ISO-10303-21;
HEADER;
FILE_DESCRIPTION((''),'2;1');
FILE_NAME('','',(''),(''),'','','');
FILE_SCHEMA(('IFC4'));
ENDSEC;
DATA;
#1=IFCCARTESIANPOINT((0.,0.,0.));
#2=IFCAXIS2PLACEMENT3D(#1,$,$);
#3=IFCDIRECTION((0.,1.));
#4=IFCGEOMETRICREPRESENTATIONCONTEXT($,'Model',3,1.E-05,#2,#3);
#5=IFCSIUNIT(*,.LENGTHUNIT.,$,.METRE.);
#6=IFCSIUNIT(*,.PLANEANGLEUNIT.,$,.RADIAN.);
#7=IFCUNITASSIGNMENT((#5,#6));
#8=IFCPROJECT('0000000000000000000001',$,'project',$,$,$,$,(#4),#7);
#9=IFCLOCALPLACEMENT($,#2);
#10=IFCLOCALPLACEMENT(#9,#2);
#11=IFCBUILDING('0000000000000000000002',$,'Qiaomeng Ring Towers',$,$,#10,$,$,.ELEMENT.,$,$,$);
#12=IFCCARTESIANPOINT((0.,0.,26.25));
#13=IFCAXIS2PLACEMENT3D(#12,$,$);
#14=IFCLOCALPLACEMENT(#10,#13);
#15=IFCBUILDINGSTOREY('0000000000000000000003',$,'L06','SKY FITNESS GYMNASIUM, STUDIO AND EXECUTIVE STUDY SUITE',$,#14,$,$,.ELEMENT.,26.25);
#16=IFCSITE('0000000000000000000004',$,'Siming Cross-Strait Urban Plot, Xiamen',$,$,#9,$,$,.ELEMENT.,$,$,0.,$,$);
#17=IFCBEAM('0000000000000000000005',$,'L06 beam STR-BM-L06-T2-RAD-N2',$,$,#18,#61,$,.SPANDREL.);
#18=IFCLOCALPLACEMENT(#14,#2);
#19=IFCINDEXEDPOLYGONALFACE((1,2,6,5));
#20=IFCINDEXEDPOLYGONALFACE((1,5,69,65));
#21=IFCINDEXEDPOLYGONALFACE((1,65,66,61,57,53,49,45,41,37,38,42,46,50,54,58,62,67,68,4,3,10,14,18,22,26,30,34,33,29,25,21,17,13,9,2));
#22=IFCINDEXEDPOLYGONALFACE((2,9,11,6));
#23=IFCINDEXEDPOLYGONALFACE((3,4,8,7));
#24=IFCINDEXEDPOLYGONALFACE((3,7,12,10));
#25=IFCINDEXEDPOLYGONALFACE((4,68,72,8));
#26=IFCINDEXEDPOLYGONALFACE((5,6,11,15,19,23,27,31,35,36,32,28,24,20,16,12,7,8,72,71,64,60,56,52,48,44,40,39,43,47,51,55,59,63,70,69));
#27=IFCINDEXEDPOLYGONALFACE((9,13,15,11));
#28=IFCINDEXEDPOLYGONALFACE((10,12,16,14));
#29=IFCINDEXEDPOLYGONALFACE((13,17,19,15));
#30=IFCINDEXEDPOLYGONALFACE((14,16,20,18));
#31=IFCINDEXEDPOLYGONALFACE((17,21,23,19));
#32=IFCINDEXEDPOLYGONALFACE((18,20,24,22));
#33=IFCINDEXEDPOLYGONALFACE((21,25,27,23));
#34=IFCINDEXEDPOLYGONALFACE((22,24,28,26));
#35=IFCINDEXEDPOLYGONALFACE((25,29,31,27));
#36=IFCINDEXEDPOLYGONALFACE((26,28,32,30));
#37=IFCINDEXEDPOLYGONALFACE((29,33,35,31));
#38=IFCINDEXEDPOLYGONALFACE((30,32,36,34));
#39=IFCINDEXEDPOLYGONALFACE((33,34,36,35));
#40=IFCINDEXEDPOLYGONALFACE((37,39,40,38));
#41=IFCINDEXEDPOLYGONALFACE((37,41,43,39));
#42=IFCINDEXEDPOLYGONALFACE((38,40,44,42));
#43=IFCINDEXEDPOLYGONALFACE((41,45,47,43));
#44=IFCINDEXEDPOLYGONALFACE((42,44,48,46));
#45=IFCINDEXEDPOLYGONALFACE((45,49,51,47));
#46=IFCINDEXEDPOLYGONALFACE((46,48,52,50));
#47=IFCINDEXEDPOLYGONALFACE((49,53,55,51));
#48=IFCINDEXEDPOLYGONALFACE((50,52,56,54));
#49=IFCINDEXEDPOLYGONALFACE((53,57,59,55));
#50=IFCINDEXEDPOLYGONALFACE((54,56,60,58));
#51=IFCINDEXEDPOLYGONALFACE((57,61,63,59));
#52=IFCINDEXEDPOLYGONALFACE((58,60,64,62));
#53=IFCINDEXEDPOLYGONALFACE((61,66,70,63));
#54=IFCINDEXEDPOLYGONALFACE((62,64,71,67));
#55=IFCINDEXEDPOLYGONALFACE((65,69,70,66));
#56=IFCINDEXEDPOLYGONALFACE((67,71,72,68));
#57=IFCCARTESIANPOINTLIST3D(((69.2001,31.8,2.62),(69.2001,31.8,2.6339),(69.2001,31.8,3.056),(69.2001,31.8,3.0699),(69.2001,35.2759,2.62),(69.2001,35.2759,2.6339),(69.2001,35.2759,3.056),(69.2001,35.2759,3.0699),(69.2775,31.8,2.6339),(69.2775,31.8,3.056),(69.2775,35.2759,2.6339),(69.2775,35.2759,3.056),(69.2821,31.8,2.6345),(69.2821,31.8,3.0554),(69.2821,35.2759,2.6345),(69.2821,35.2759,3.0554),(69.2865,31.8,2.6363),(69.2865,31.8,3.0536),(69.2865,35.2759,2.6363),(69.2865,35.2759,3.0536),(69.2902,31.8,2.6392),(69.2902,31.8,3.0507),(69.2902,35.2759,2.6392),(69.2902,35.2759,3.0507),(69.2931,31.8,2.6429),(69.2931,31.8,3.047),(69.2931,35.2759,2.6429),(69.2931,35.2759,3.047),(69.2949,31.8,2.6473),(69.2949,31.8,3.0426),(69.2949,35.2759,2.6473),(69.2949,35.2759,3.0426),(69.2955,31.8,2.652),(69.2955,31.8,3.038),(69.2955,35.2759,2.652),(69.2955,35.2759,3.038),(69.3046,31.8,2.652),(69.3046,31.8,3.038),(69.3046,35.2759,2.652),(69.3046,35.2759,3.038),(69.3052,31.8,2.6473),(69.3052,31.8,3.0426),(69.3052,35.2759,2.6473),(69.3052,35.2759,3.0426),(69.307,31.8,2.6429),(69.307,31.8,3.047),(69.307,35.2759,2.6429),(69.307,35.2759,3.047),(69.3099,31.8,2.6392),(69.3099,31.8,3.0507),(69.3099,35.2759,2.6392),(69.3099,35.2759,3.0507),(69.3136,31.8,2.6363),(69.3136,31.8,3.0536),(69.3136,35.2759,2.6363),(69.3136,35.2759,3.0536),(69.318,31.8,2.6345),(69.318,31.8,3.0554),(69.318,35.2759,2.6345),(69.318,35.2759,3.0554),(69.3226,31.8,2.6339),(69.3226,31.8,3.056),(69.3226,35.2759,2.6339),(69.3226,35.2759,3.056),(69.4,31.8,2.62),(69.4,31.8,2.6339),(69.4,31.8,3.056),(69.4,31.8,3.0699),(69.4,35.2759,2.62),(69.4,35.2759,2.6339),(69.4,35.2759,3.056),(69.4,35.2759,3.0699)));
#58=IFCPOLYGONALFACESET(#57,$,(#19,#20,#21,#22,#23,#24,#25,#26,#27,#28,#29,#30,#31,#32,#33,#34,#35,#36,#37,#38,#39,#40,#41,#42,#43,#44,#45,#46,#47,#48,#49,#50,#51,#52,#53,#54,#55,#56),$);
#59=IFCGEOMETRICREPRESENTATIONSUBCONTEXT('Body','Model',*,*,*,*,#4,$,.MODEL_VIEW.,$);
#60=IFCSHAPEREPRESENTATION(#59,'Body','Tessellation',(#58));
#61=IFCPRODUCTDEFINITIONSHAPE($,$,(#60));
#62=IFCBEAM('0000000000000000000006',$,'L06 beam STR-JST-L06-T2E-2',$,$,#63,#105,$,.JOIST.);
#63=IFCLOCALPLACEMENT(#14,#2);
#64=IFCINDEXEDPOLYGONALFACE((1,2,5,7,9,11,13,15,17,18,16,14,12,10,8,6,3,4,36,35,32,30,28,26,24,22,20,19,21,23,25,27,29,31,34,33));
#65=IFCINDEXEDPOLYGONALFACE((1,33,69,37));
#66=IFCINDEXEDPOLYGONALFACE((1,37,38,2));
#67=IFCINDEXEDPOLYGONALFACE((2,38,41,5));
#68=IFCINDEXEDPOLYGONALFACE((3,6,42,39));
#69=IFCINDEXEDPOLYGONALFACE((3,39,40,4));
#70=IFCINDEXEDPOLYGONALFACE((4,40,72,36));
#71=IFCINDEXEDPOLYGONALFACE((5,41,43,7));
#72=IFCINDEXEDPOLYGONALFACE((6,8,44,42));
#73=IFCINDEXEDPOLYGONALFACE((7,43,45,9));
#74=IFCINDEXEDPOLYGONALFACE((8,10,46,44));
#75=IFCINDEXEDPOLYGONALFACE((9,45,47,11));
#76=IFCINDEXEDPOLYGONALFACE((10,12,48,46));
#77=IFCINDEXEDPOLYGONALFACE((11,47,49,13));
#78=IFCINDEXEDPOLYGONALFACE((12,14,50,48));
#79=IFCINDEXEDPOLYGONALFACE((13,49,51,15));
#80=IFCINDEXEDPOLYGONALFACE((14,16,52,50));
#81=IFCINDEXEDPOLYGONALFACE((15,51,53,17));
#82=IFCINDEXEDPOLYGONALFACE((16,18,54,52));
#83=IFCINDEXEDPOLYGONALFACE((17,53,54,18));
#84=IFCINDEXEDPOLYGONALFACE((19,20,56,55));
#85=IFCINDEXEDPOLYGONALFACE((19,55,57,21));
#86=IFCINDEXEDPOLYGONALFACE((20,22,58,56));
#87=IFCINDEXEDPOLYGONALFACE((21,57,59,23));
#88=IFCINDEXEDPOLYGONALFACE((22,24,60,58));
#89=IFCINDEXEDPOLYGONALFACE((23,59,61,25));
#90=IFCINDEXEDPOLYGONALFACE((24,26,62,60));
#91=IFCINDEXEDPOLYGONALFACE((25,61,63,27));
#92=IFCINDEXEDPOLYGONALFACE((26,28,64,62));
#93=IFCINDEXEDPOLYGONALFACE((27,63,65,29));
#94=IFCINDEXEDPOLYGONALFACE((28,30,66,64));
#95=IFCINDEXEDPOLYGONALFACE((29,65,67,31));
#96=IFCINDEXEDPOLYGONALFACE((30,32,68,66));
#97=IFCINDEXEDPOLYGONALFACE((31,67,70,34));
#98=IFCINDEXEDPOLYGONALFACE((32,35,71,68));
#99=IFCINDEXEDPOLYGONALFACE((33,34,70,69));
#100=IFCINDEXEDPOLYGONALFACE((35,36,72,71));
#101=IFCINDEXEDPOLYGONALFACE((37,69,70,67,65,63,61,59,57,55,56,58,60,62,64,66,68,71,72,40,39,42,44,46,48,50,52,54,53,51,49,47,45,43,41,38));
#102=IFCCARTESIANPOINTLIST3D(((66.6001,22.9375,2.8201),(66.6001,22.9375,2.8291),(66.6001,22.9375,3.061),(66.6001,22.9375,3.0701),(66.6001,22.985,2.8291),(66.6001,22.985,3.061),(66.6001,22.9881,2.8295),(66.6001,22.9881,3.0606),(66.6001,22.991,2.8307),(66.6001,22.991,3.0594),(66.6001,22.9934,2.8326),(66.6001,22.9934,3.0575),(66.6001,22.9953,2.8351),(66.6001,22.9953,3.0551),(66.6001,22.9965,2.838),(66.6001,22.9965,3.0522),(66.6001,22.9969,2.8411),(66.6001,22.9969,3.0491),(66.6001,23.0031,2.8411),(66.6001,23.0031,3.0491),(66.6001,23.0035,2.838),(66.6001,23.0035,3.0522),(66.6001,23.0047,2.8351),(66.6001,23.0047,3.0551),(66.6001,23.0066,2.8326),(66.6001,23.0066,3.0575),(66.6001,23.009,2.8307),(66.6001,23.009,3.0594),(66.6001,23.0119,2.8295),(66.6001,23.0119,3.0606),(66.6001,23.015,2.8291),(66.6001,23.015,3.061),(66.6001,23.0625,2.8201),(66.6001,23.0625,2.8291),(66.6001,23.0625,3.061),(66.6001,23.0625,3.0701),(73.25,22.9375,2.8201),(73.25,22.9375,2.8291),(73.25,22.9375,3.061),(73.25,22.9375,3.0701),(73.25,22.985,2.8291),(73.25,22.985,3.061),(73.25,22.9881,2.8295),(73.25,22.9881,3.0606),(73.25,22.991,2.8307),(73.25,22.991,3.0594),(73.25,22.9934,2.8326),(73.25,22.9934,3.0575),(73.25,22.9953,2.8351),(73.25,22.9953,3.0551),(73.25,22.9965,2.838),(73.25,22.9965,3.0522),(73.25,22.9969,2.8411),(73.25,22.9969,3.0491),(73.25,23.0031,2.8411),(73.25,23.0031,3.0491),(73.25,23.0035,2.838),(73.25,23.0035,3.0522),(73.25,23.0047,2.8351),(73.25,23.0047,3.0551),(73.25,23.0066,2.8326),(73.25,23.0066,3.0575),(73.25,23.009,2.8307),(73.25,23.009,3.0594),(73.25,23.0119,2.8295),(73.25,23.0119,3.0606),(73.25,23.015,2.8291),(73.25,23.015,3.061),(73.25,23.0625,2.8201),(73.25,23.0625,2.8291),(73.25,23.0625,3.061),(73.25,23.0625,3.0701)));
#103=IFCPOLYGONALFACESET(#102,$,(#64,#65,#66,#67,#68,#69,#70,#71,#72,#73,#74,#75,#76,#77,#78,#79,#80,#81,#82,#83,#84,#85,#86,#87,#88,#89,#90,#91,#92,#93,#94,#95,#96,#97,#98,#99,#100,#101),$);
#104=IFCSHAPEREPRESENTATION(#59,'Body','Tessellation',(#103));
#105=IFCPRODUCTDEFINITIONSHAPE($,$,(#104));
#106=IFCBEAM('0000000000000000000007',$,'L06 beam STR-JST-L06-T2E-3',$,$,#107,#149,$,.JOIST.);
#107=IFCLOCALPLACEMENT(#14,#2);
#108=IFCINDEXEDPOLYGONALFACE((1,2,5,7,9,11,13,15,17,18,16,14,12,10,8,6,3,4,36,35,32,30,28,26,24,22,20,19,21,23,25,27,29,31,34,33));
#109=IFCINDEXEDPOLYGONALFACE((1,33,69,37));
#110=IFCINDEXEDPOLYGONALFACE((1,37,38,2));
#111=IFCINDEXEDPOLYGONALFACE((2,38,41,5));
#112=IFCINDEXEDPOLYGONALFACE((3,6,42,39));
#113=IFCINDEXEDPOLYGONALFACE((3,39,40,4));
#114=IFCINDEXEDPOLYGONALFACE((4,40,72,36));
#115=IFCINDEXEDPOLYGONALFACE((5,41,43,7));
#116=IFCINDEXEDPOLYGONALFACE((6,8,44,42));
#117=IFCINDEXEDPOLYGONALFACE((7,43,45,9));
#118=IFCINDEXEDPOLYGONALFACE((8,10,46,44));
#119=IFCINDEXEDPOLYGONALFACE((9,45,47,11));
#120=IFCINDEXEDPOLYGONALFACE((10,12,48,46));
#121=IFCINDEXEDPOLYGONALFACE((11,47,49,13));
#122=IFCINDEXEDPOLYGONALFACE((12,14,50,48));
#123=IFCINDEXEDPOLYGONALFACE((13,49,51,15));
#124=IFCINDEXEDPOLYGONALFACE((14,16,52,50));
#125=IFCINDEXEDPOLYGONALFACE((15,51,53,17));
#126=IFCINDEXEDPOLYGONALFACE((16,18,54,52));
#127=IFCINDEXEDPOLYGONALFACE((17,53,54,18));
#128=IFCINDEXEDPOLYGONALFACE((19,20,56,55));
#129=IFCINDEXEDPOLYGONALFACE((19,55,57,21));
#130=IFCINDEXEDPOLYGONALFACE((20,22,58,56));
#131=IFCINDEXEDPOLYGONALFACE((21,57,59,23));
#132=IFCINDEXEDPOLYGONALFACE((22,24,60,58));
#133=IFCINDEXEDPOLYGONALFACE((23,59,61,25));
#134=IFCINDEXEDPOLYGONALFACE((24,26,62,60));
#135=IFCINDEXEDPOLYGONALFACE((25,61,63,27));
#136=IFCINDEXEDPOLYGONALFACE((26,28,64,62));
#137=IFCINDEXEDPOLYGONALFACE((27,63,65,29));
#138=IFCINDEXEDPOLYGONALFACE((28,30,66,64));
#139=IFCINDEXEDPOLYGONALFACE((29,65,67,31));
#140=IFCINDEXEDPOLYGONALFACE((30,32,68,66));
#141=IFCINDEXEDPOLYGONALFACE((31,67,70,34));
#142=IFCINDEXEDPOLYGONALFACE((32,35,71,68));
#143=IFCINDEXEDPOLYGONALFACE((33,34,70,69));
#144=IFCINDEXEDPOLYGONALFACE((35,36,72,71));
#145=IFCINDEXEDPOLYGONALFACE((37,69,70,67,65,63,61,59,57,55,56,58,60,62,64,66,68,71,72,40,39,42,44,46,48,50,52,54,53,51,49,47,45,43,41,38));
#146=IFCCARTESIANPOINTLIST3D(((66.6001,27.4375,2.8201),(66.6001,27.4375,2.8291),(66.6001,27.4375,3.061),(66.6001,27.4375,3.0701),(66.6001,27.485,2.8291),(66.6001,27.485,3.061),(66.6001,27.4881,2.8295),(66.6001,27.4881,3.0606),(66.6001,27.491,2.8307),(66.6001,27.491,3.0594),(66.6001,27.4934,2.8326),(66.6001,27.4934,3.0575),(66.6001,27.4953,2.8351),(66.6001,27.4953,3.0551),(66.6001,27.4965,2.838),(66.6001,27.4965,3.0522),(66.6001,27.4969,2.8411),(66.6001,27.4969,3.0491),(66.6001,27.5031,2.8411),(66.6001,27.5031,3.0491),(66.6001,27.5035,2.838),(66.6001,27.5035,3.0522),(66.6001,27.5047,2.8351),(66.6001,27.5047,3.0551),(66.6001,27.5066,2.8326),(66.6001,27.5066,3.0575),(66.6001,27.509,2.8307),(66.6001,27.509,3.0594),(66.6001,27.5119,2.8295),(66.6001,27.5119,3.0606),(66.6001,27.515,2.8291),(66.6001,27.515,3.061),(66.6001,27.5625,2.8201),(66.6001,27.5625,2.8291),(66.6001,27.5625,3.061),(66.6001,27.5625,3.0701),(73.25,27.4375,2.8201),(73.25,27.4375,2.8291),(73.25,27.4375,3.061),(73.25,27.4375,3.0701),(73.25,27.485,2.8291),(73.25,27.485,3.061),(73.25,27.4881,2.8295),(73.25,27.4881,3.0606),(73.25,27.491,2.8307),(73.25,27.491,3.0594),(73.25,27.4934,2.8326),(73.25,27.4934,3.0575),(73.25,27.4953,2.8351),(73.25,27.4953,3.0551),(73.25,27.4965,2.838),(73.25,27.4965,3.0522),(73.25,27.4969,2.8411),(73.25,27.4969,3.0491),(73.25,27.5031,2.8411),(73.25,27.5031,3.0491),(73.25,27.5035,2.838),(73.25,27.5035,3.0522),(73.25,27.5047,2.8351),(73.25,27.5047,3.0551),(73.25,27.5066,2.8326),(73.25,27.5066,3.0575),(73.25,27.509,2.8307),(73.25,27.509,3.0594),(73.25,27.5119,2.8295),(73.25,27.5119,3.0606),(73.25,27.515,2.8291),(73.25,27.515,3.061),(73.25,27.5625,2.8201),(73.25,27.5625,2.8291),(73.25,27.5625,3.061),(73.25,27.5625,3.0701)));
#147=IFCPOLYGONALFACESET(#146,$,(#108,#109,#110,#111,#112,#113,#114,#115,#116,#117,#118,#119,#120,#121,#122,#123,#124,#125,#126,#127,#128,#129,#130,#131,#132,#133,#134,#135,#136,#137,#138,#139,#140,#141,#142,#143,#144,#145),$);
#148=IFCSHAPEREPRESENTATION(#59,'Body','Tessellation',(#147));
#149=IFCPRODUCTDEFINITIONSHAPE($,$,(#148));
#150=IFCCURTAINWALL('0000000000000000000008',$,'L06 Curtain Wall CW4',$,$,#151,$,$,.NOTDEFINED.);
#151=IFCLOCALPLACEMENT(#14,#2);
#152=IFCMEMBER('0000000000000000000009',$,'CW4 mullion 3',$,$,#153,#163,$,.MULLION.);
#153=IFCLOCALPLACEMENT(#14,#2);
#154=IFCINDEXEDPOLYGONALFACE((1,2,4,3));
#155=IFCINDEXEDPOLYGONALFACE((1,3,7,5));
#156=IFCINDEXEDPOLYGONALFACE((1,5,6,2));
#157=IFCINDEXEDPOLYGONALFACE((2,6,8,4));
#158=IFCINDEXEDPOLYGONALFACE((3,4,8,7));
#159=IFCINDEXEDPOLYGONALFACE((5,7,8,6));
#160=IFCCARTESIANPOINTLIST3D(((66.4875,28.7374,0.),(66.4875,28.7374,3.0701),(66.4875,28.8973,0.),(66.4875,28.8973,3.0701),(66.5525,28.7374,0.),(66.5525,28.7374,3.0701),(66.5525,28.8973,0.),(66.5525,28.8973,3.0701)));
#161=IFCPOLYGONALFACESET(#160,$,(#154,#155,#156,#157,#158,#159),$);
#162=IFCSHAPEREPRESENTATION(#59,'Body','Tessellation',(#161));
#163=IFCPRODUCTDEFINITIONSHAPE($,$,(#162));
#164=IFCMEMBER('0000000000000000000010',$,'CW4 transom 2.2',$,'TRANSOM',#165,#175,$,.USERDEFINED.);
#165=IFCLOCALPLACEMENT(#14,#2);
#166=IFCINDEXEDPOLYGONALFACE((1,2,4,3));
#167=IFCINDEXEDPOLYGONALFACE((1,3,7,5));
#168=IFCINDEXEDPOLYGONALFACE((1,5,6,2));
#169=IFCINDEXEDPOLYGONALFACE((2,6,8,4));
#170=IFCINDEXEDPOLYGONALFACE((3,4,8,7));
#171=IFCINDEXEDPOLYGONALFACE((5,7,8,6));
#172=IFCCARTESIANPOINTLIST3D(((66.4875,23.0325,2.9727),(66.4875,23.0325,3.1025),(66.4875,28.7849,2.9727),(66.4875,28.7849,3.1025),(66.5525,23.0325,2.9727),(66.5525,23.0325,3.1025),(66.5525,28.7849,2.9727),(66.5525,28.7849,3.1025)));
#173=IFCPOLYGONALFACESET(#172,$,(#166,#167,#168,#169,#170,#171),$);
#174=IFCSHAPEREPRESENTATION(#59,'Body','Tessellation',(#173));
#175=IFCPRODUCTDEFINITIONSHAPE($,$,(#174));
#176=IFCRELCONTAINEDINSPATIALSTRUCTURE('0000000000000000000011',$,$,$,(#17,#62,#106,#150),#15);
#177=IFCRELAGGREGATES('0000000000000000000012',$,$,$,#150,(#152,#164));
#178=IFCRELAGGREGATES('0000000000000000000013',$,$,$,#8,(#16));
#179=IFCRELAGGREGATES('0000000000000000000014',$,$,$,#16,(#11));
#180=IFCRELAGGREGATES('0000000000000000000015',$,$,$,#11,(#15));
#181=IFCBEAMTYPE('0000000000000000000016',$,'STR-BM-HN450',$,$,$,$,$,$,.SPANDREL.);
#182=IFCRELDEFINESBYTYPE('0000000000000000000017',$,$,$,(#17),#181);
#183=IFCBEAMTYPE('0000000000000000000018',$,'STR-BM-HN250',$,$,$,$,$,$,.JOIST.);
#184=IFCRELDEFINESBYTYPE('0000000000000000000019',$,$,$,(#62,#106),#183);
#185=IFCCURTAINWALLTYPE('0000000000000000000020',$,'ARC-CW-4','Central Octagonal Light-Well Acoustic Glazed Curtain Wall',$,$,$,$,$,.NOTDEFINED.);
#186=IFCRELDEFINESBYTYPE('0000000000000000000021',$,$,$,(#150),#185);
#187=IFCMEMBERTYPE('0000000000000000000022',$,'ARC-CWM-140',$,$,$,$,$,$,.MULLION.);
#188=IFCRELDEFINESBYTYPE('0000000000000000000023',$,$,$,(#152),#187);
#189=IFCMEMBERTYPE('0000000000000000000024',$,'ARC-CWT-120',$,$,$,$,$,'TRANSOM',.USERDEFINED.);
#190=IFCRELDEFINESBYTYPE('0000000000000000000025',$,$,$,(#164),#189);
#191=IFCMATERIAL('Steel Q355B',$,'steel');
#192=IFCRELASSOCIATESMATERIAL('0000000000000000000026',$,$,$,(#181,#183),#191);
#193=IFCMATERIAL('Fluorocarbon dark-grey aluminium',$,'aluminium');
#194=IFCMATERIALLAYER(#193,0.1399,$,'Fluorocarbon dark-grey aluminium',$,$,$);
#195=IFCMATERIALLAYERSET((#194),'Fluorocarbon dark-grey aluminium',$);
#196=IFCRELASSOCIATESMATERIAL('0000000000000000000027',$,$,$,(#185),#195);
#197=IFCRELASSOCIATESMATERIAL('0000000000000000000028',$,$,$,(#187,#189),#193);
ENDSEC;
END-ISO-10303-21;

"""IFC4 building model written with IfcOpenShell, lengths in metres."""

from ifc_helpers import new_model, si_unit, direction, frame, origin, origin_2d, place, context, subcontext, project, spatial, rectangle, i_section, extrude, source, transform, mapped, material, layer, layer_set, material_profile, profile_set, type_object, element, aggregate, save


model = new_model("IFC4")

# Units and contexts
model_context = context("Model", 3, precision=1e-05, world=origin(), true_north=direction((0.0, 1.0)))
body_context = subcontext(model_context, "Body", "Model", "MODEL_VIEW")
ifc_project = project(units=[si_unit("LENGTHUNIT", "METRE"), si_unit("PLANEANGLEUNIT", "RADIAN")], contexts=[model_context])

# Site, building, storey
site_placement = place(None, origin())
site = spatial("IfcSite", under=ifc_project, at=site_placement, Name="Siming Cross-Strait Urban Plot, Xiamen", CompositionType="ELEMENT", RefElevation=0.0)
building_placement = place(site_placement, origin())
building = spatial("IfcBuilding", under=site, at=building_placement, Name="Qiaomeng Ring Towers", CompositionType="ELEMENT")
storey_placement = place(building_placement, frame((0.0, 0.0, 26.25)))
storey = spatial("IfcBuildingStorey", under=building, at=storey_placement, Name="L06", Description="SKY FITNESS GYMNASIUM, STUDIO AND EXECUTIVE STUDY SUITE", CompositionType="ELEMENT", Elevation=26.25)

# Beams
ifc_material_1 = material(Name="Steel Q355B", Category="steel")
ifc_material_profile_1 = material_profile(ifc_material_1, i_section(OverallWidth=0.2, OverallDepth=0.45, WebThickness=0.009, FlangeThickness=0.0139, FilletRadius=0.0181, at=origin_2d()), Name="HN 450x200x9x14")
ifc_profile_set_1 = profile_set([ifc_material_profile_1], Name="Steel Q355B")
beam_type_1 = type_object("IfcBeamType", Name="STR-BM-HN450", PredefinedType="SPANDREL", material=ifc_profile_set_1)
shared_shape_1 = source(origin(), body_context, "Body", "SweptSolid", [
    extrude(i_section(OverallWidth=0.2, OverallDepth=0.45, WebThickness=0.009, FlangeThickness=0.0139, FilletRadius=0.0181, at=origin_2d()), origin(), (0.0, 0.0, 1.0), 3.4758),
])
beam_1_placement = place(storey_placement, frame((69.3, 35.2759, 2.845), z_axis=(0.0, -1.0, 0.0), x_axis=(1.0, 0.0, 0.0)))
element("IfcBeam", 1, at=beam_1_placement, inside=storey, type_object=beam_type_1, Name="L06 beam STR-BM-L06-T2-RAD-N2", PredefinedType="SPANDREL", context=body_context, shape_type="MappedRepresentation", body=[
    mapped(shared_shape_1, transform((0.0, 0.0, 0.0), x_axis=(1.0, 0.0, 0.0), y_axis=(0.0, 1.0, 0.0), z_axis=(0.0, 0.0, 1.0), scale=1.0)),
])
ifc_material_profile_2 = material_profile(ifc_material_1, i_section(OverallWidth=0.125, OverallDepth=0.25, WebThickness=0.0061, FlangeThickness=0.009, FilletRadius=0.012, at=origin_2d()), Name="HN 250x125x6x9")
ifc_profile_set_2 = profile_set([ifc_material_profile_2], Name="Steel Q355B")
beam_type_2 = type_object("IfcBeamType", Name="STR-BM-HN250", PredefinedType="JOIST", material=ifc_profile_set_2)
shared_shape_2 = source(origin(), body_context, "Body", "SweptSolid", [
    extrude(i_section(OverallWidth=0.125, OverallDepth=0.25, WebThickness=0.0061, FlangeThickness=0.009, FilletRadius=0.012, at=origin_2d()), origin(), (0.0, 0.0, 1.0), 6.6499),
])
for number, where, z_axis, x_axis, name in (
    (2, (66.6001, 23.0, 2.9451), (1.0, 0.0, 0.0), (0.0, 1.0, 0.0), "L06 beam STR-JST-L06-T2E-2"),
    (3, (66.6001, 27.5, 2.9451), (1.0, 0.0, 0.0), (0.0, 1.0, 0.0), "L06 beam STR-JST-L06-T2E-3"),
):
    element("IfcBeam", number, at=place(storey_placement, frame(where, z_axis=z_axis, x_axis=x_axis)), inside=storey, type_object=beam_type_2, Name=name, PredefinedType="JOIST", context=body_context, shape_type="MappedRepresentation", body=[
        mapped(shared_shape_2, transform((0.0, 0.0, 0.0), x_axis=(1.0, 0.0, 0.0), y_axis=(0.0, 1.0, 0.0), z_axis=(0.0, 0.0, 1.0), scale=1.0)),
    ])

# Curtain wall, members
ifc_material_2 = material(Name="Fluorocarbon dark-grey aluminium", Category="aluminium")
ifc_layer_1 = layer(ifc_material_2, 0.1399, Name="Fluorocarbon dark-grey aluminium")
ifc_layer_set_1 = layer_set([ifc_layer_1], Name="Fluorocarbon dark-grey aluminium")
curtain_wall_type_1 = type_object("IfcCurtainWallType", Name="ARC-CW-4", Description="Central Octagonal Light-Well Acoustic Glazed Curtain Wall", PredefinedType="NOTDEFINED", material=ifc_layer_set_1)
curtain_wall_1_placement = place(storey_placement, origin())
curtain_wall_1 = element("IfcCurtainWall", 4, at=curtain_wall_1_placement, inside=storey, type_object=curtain_wall_type_1, Name="L06 Curtain Wall CW4", PredefinedType="NOTDEFINED")
ifc_material_profile_3 = material_profile(ifc_material_2, rectangle(XDim=0.0649, YDim=0.1599, at=origin_2d()), Name="ALU MULL 65x160")
ifc_profile_set_3 = profile_set([ifc_material_profile_3], Name="Fluorocarbon dark-grey aluminium")
member_type_1 = type_object("IfcMemberType", Name="ARC-CWM-140", PredefinedType="MULLION", material=ifc_profile_set_3)
shared_shape_3 = source(origin(), body_context, "Body", "SweptSolid", [
    extrude(rectangle(XDim=0.0649, YDim=0.1599, at=origin_2d()), origin(), (0.0, 0.0, 1.0), 3.0701),
])
member_1_placement = place(storey_placement, frame((66.52, 28.8174, 0.0), z_axis=(0.0, 0.0, 1.0), x_axis=(-1.0, 0.0, 0.0)))
member_1 = element("IfcMember", 5, at=member_1_placement, type_object=member_type_1, Name="CW4 mullion 3", PredefinedType="MULLION", context=body_context, shape_type="MappedRepresentation", body=[
    mapped(shared_shape_3, transform((0.0, 0.0, 0.0), x_axis=(1.0, 0.0, 0.0), y_axis=(0.0, 1.0, 0.0), z_axis=(0.0, 0.0, 1.0), scale=1.0)),
])
ifc_material_profile_4 = material_profile(ifc_material_2, rectangle(XDim=0.0649, YDim=0.1299, at=origin_2d()), Name="ALU TRAN 65x130")
ifc_profile_set_4 = profile_set([ifc_material_profile_4], Name="Fluorocarbon dark-grey aluminium")
member_type_2 = type_object("IfcMemberType", Name="ARC-CWT-120", ElementType="TRANSOM", PredefinedType="USERDEFINED", material=ifc_profile_set_4)
shared_shape_4 = source(origin(), body_context, "Body", "SweptSolid", [
    extrude(rectangle(XDim=0.0649, YDim=0.1299, at=origin_2d()), origin(), (0.0, 0.0, 1.0), 5.7524),
])
member_2_placement = place(storey_placement, frame((66.52, 23.0325, 3.0376), z_axis=(0.0, 1.0, 0.0), x_axis=(-1.0, 0.0, 0.0)))
member_2 = element("IfcMember", 6, at=member_2_placement, type_object=member_type_2, Name="CW4 transom 2.2", ObjectType="TRANSOM", PredefinedType="USERDEFINED", context=body_context, shape_type="MappedRepresentation", body=[
    mapped(shared_shape_4, transform((0.0, 0.0, 0.0), x_axis=(1.0, 0.0, 0.0), y_axis=(0.0, 1.0, 0.0), z_axis=(0.0, 0.0, 1.0), scale=1.0)),
])

aggregate(curtain_wall_1, [member_1, member_2])

save(model, "model.ifc")
